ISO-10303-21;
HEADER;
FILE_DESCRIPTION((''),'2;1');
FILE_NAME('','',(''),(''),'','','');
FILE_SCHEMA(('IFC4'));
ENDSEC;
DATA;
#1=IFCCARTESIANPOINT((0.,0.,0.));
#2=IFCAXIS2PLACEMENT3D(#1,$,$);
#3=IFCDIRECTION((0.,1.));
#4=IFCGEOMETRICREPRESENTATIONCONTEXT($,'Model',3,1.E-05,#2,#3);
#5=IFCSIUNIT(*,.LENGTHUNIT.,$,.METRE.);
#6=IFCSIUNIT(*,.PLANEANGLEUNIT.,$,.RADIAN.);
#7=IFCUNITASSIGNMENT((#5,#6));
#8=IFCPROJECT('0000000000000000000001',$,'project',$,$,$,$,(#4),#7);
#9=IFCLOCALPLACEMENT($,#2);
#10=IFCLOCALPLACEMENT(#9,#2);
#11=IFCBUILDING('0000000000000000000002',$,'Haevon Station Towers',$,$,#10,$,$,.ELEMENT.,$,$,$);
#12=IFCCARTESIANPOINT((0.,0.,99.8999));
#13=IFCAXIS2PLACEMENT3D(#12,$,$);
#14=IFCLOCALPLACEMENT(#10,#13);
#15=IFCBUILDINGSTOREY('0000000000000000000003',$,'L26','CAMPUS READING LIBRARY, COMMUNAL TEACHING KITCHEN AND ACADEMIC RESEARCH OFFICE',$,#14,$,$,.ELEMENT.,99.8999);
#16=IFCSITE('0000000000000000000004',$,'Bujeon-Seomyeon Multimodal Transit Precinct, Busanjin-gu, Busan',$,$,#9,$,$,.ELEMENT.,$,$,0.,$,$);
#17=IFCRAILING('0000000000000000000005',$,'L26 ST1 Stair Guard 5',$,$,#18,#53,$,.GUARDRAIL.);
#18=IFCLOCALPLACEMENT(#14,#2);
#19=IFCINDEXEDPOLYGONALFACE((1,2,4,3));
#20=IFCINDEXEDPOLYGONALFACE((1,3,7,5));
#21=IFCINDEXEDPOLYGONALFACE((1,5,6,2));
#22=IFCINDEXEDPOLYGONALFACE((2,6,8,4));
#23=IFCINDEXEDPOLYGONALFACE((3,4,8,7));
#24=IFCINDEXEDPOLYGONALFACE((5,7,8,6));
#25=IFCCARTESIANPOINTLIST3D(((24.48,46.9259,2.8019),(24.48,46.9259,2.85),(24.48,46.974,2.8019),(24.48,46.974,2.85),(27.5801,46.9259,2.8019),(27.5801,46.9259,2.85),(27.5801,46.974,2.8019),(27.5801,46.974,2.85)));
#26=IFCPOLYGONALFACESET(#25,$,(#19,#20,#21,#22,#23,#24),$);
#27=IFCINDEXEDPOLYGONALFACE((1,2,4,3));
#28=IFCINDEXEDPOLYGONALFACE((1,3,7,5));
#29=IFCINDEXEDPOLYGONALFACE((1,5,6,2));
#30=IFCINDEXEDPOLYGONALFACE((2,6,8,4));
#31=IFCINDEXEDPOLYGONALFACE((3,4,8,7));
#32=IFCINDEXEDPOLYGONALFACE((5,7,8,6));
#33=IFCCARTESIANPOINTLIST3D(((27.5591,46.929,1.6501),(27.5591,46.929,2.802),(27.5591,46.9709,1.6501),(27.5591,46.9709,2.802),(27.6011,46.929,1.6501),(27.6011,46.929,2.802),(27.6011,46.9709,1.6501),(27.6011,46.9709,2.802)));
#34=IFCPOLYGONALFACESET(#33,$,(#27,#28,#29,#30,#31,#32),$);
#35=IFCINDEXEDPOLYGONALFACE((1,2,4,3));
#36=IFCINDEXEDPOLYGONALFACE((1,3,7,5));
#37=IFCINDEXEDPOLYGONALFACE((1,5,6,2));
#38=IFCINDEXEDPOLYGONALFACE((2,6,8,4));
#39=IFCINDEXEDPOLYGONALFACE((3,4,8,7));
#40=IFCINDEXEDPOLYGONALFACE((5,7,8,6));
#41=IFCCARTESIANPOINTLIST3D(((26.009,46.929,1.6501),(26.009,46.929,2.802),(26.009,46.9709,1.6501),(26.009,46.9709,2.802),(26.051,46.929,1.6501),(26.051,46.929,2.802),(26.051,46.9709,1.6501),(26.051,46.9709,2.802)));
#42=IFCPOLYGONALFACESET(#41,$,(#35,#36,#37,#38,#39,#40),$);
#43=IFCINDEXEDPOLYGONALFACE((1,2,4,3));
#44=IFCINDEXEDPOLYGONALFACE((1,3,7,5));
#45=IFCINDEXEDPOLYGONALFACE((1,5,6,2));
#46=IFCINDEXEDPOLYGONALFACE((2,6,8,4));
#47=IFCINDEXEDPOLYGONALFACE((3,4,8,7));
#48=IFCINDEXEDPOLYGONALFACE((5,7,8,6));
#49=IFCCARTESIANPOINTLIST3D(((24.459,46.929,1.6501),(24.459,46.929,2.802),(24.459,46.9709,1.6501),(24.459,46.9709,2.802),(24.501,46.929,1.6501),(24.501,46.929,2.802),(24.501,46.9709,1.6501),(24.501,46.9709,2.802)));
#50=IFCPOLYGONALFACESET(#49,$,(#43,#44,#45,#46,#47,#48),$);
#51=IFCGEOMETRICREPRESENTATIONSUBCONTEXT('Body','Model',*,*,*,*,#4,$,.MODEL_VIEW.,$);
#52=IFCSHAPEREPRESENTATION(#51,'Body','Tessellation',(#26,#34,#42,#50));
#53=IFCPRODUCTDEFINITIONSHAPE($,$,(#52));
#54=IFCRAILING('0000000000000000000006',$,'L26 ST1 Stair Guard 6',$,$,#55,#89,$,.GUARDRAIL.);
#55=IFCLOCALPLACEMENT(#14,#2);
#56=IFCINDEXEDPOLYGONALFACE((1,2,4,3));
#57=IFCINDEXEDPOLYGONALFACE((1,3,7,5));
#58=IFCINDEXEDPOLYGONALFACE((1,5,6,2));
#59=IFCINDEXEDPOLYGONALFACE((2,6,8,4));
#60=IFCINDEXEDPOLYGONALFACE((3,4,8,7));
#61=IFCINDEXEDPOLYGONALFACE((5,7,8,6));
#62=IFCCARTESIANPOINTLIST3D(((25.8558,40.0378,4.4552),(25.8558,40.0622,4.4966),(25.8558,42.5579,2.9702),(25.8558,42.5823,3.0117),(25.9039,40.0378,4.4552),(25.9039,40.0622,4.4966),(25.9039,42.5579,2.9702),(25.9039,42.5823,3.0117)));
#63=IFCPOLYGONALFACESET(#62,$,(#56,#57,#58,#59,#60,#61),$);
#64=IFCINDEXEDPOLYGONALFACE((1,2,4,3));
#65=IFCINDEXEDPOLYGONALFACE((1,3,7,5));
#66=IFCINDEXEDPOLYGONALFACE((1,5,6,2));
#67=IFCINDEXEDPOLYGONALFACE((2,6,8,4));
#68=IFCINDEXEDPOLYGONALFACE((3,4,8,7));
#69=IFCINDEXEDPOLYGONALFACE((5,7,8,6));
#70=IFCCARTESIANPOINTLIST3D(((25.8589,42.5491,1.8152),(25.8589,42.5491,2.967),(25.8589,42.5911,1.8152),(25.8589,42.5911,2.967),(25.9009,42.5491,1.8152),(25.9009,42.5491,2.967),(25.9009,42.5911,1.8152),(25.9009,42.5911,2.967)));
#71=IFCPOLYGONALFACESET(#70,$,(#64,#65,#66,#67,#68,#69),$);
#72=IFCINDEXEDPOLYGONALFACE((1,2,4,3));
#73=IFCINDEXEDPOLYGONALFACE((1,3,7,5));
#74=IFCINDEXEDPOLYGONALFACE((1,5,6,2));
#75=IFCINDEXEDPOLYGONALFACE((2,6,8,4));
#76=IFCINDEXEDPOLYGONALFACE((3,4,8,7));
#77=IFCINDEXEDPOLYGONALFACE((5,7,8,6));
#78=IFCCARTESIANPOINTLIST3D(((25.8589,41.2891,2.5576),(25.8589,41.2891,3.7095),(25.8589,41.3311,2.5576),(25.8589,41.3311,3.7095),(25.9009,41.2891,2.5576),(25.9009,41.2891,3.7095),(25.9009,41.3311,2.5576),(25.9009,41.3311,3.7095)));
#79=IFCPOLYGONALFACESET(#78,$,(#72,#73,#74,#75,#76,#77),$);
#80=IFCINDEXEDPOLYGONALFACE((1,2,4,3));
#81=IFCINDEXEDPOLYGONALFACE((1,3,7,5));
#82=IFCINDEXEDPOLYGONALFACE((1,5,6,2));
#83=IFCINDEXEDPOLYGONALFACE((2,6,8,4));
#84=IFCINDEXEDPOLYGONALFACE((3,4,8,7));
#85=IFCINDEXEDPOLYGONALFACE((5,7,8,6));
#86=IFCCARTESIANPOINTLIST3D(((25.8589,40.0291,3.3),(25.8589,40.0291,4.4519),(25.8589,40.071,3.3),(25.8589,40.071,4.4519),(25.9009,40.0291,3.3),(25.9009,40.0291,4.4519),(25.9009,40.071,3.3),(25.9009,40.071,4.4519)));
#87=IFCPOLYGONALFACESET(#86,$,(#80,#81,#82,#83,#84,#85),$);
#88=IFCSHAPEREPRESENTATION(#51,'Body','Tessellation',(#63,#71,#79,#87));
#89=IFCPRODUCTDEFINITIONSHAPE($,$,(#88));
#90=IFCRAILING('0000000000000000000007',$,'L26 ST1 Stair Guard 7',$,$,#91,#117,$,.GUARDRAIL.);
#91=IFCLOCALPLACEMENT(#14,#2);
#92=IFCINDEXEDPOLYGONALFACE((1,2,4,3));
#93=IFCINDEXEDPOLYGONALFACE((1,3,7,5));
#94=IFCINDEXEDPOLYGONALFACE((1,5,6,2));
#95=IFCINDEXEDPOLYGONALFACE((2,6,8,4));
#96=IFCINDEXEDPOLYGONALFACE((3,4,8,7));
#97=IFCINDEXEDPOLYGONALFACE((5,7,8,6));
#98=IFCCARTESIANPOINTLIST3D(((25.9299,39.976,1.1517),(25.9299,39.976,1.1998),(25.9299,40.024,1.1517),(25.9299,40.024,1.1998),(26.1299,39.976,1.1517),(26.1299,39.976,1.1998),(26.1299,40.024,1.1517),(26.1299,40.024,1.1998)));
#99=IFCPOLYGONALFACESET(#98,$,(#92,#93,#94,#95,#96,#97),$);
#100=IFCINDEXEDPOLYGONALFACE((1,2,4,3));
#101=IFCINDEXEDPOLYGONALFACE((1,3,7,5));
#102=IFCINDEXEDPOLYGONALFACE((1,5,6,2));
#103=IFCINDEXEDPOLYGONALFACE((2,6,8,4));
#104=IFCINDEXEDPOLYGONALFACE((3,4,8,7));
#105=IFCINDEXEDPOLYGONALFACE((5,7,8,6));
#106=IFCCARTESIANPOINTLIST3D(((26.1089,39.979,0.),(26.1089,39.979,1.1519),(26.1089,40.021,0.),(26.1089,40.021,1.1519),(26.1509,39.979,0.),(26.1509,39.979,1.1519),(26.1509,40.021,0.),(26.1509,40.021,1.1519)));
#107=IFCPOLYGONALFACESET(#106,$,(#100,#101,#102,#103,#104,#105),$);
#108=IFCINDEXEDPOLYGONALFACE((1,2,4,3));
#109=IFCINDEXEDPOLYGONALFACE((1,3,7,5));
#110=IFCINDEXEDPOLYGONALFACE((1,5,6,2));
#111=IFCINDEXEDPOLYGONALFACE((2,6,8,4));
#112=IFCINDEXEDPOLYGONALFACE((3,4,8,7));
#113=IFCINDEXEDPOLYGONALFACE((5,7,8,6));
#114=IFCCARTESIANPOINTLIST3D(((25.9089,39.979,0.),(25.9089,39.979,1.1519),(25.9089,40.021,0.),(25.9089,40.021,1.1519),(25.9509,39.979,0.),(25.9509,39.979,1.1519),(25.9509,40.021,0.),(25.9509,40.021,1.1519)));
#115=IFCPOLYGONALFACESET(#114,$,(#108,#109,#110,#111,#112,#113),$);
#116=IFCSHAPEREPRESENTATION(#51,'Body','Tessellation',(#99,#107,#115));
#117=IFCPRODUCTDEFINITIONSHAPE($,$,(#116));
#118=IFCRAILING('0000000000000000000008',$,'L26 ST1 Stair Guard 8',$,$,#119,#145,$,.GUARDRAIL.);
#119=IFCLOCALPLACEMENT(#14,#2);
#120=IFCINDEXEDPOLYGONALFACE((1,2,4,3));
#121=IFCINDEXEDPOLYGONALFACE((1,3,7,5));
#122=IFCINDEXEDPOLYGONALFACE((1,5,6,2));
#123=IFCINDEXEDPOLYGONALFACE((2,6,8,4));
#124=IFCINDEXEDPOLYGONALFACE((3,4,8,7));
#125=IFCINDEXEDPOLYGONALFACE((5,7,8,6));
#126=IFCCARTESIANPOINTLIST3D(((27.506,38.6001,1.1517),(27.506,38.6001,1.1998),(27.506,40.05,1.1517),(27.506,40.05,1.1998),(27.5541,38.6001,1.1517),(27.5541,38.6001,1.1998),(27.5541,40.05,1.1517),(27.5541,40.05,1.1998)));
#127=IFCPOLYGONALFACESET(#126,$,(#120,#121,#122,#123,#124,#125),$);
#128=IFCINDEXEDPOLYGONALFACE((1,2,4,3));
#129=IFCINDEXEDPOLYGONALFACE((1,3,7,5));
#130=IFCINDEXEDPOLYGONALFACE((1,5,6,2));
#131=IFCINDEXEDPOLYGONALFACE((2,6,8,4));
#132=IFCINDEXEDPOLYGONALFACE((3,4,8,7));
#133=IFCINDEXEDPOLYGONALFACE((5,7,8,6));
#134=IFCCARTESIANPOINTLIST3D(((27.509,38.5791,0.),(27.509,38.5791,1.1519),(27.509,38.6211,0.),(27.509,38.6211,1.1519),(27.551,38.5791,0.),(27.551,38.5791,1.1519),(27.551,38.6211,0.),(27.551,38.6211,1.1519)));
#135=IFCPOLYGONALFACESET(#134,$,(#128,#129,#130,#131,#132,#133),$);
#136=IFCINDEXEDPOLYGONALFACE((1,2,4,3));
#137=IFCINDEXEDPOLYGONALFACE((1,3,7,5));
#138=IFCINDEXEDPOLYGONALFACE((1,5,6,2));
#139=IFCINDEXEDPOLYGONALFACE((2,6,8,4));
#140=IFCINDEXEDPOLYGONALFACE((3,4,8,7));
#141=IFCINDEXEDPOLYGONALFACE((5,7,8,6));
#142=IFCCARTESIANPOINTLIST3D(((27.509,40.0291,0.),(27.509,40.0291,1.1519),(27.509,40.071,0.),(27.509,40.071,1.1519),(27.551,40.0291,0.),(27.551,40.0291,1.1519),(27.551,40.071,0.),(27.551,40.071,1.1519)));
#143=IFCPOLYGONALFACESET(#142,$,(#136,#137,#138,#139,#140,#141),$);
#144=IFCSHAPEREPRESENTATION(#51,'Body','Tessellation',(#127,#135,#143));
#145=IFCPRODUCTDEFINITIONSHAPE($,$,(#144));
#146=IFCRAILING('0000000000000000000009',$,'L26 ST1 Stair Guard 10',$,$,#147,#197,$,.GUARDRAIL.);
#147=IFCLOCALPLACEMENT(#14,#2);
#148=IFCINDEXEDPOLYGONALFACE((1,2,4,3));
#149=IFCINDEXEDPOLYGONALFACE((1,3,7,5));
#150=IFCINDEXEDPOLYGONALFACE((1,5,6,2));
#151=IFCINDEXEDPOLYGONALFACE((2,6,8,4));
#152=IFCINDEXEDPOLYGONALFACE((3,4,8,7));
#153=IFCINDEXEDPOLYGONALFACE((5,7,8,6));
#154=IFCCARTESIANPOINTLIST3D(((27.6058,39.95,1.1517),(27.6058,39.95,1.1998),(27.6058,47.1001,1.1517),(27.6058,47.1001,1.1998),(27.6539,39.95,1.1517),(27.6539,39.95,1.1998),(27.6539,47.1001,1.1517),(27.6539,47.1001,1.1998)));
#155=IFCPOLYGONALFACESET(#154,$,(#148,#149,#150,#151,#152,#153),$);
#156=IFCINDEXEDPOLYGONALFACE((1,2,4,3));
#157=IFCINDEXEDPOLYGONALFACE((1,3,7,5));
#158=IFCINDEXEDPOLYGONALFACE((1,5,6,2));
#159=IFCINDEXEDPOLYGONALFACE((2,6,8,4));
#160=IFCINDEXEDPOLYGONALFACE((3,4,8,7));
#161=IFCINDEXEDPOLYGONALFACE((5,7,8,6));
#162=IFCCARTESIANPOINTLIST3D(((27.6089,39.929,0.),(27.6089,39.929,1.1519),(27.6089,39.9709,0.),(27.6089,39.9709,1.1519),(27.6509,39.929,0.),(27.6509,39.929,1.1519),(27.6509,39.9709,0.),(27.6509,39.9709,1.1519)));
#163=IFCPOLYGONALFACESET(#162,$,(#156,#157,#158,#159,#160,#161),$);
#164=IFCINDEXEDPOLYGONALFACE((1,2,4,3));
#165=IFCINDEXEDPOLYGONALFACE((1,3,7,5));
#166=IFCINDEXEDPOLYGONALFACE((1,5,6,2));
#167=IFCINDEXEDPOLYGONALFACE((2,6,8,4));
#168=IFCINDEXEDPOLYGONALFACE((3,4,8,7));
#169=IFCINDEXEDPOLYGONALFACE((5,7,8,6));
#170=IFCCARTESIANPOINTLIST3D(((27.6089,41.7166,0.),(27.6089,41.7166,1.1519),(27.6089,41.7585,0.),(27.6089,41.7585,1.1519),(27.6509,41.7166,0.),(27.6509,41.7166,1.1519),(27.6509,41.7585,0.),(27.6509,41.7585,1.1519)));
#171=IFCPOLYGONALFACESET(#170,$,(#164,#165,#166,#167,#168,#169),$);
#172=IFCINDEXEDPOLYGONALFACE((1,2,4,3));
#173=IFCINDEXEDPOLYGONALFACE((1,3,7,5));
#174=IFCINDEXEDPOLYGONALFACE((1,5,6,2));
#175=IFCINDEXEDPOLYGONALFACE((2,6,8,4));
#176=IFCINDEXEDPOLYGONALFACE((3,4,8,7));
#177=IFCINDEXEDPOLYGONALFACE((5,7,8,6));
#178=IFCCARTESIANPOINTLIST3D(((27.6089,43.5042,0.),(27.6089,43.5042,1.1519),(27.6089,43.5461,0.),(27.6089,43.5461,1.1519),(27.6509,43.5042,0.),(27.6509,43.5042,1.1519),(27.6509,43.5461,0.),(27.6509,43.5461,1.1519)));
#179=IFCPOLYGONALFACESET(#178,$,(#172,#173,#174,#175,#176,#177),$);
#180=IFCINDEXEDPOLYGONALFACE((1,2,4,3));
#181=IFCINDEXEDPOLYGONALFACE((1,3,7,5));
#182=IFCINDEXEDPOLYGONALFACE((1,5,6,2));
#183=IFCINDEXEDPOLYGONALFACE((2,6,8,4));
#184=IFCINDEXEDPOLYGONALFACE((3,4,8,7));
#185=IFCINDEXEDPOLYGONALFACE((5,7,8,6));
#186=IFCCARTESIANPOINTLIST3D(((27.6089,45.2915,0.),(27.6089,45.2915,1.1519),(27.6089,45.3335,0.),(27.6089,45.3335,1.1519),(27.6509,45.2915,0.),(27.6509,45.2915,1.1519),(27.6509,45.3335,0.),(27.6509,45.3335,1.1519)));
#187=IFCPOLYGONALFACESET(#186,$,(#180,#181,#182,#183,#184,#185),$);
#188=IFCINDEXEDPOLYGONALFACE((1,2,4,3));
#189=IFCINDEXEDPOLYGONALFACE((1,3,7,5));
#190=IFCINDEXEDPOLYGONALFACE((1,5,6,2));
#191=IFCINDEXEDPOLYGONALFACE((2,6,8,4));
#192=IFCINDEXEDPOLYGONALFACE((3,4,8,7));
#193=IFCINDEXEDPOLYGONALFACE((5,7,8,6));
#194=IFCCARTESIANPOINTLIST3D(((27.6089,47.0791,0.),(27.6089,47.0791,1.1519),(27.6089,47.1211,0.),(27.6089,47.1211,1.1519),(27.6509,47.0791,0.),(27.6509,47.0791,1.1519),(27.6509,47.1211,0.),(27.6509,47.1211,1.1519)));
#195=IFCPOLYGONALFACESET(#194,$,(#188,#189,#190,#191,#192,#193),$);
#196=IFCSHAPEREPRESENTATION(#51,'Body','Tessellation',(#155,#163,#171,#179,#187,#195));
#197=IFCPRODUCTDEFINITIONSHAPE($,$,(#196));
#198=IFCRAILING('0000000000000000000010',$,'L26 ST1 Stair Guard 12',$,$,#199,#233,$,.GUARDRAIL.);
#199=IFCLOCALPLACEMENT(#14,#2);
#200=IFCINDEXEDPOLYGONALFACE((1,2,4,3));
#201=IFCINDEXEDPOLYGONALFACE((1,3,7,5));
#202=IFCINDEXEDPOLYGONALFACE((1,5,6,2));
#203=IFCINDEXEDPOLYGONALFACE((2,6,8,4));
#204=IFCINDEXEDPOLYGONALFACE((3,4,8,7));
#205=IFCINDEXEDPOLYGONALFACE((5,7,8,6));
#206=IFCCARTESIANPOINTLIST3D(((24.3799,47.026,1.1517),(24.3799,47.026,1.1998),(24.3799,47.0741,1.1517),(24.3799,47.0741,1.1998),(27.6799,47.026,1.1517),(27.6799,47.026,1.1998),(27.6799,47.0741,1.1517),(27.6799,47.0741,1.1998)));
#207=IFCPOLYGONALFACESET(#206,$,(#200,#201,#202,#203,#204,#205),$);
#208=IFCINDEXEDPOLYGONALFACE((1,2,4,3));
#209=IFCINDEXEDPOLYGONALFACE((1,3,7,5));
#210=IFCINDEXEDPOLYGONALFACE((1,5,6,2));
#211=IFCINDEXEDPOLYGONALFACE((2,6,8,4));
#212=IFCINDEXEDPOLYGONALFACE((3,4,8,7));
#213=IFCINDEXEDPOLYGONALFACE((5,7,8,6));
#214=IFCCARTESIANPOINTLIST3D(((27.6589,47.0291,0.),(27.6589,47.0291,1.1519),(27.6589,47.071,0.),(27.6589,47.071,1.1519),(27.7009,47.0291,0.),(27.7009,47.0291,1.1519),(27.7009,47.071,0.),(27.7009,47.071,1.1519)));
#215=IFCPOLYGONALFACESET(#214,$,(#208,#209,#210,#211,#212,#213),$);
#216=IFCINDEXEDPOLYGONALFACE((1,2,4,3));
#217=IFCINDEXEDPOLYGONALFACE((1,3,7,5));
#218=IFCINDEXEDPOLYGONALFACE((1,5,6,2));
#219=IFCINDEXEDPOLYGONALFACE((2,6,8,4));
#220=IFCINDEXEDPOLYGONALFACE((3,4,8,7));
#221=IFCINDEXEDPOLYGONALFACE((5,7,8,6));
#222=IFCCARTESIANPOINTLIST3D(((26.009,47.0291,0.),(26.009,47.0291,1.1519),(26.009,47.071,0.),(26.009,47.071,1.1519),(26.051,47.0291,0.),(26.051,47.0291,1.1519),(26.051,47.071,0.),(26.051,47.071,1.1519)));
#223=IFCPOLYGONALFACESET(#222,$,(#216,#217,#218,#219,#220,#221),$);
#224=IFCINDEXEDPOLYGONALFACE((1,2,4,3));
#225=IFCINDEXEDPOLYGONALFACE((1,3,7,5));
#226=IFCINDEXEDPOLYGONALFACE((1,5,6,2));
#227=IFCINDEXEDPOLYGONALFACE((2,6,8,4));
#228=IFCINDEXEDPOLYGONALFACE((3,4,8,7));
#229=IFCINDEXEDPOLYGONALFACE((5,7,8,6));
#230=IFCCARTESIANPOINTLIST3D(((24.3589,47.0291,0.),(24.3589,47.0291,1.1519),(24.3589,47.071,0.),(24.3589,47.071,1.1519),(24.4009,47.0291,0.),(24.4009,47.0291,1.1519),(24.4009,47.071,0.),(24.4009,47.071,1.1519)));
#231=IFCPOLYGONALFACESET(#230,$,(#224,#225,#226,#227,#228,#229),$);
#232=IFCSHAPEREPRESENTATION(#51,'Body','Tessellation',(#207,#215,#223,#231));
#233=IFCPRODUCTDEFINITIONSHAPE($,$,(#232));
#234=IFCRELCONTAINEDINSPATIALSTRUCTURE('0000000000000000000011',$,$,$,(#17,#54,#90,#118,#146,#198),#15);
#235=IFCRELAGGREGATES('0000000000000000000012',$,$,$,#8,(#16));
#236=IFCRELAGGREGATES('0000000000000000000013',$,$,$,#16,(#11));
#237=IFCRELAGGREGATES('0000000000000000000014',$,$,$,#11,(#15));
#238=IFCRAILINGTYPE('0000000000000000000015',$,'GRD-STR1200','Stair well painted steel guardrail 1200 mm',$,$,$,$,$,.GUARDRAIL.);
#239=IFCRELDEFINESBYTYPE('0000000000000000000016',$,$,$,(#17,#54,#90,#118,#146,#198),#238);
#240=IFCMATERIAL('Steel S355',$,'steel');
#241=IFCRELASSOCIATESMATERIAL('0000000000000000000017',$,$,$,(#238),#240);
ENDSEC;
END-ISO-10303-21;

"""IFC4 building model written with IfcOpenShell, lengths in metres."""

from ifc_helpers import new_model, si_unit, direction, frame, origin, origin_2d, place, context, subcontext, project, spatial, rectangle, extrude, material, type_object, element, save


model = new_model("IFC4")

# Units and contexts
model_context = context("Model", 3, precision=1e-05, world=origin(), true_north=direction((0.0, 1.0)))
body_context = subcontext(model_context, "Body", "Model", "MODEL_VIEW")
ifc_project = project(units=[si_unit("LENGTHUNIT", "METRE"), si_unit("PLANEANGLEUNIT", "RADIAN")], contexts=[model_context])

# Site, building, storey
site_placement = place(None, origin())
site = spatial("IfcSite", under=ifc_project, at=site_placement, Name="Bujeon-Seomyeon Multimodal Transit Precinct, Busanjin-gu, Busan", CompositionType="ELEMENT", RefElevation=0.0)
building_placement = place(site_placement, origin())
building = spatial("IfcBuilding", under=site, at=building_placement, Name="Haevon Station Towers", CompositionType="ELEMENT")
storey_placement = place(building_placement, frame((0.0, 0.0, 99.8999)))
storey = spatial("IfcBuildingStorey", under=building, at=storey_placement, Name="L26", Description="CAMPUS READING LIBRARY, COMMUNAL TEACHING KITCHEN AND ACADEMIC RESEARCH OFFICE", CompositionType="ELEMENT", Elevation=99.8999)

# Shared definitions
ifc_material_1 = material(Name="Steel S355", Category="steel")

# Railings
railing_type_1 = type_object("IfcRailingType", Name="GRD-STR1200", Description="Stair well painted steel guardrail 1200 mm", PredefinedType="GUARDRAIL", material=ifc_material_1)
railing_1_placement = place(storey_placement, frame((27.5801, 46.95, 1.6501)))
element("IfcRailing", 1, at=railing_1_placement, inside=storey, type_object=railing_type_1, Name="L26 ST1 Stair Guard 5", PredefinedType="GUARDRAIL", context=body_context, shape_type="SweptSolid", body=[
    extrude(rectangle(XDim=0.0481, YDim=0.0481, at=origin_2d()), frame((0.0, 0.0, 1.1758), z_axis=(-1.0, 0.0, 0.0), x_axis=(0.0, -1.0, 0.0)), (0.0, 0.0, 1.0), 3.1001),
    extrude(rectangle(XDim=0.042, YDim=0.042, at=origin_2d()), origin(), (0.0, 0.0, 1.0), 1.1519),
    extrude(rectangle(XDim=0.042, YDim=0.042, at=origin_2d()), frame((-1.55, 0.0, 0.0)), (0.0, 0.0, 1.0), 1.1519),
    extrude(rectangle(XDim=0.042, YDim=0.042, at=origin_2d()), frame((-3.1001, 0.0, 0.0)), (0.0, 0.0, 1.0), 1.1519),
])
railing_2_placement = place(storey_placement, frame((25.8799, 42.5701, 1.8152)))
element("IfcRailing", 2, at=railing_2_placement, inside=storey, type_object=railing_type_1, Name="L26 ST1 Stair Guard 6", PredefinedType="GUARDRAIL", context=body_context, shape_type="SweptSolid", body=[
    extrude(rectangle(XDim=0.0481, YDim=0.0481, at=origin_2d()), frame((0.0, 0.0, 1.1758), z_axis=(0.0, -0.861561, 0.507655), x_axis=(1.0, 0.0, 0.0)), (0.0, 0.0, 1.0), 2.925),
    extrude(rectangle(XDim=0.042, YDim=0.042, at=origin_2d()), origin(), (0.0, 0.0, 1.0), 1.1519),
    extrude(rectangle(XDim=0.042, YDim=0.042, at=origin_2d()), frame((0.0, -1.26, 0.7424)), (0.0, 0.0, 1.0), 1.1519),
    extrude(rectangle(XDim=0.042, YDim=0.042, at=origin_2d()), frame((0.0, -2.52, 1.4849)), (0.0, 0.0, 1.0), 1.1519),
])
railing_3_placement = place(storey_placement, frame((26.1299, 40.0, 0.0)))
element("IfcRailing", 3, at=railing_3_placement, inside=storey, type_object=railing_type_1, Name="L26 ST1 Stair Guard 7", PredefinedType="GUARDRAIL", context=body_context, shape_type="SweptSolid", body=[
    extrude(rectangle(XDim=0.0481, YDim=0.0481, at=origin_2d()), frame((0.0, 0.0, 1.1758), z_axis=(-1.0, 0.0, 0.0), x_axis=(0.0, -1.0, 0.0)), (0.0, 0.0, 1.0), 0.2),
    extrude(rectangle(XDim=0.042, YDim=0.042, at=origin_2d()), origin(), (0.0, 0.0, 1.0), 1.1519),
    extrude(rectangle(XDim=0.042, YDim=0.042, at=origin_2d()), frame((-0.2, 0.0, 0.0)), (0.0, 0.0, 1.0), 1.1519),
])
railing_4_placement = place(storey_placement, frame((27.53, 38.6001, 0.0)))
element("IfcRailing", 4, at=railing_4_placement, inside=storey, type_object=railing_type_1, Name="L26 ST1 Stair Guard 8", PredefinedType="GUARDRAIL", context=body_context, shape_type="SweptSolid", body=[
    extrude(rectangle(XDim=0.0481, YDim=0.0481, at=origin_2d()), frame((0.0, 0.0, 1.1758), z_axis=(0.0, 1.0, 0.0), x_axis=(-1.0, 0.0, 0.0)), (0.0, 0.0, 1.0), 1.45),
    extrude(rectangle(XDim=0.042, YDim=0.042, at=origin_2d()), origin(), (0.0, 0.0, 1.0), 1.1519),
    extrude(rectangle(XDim=0.042, YDim=0.042, at=origin_2d()), frame((0.0, 1.45, 0.0)), (0.0, 0.0, 1.0), 1.1519),
])
railing_5_placement = place(storey_placement, frame((27.6299, 39.95, 0.0)))
element("IfcRailing", 5, at=railing_5_placement, inside=storey, type_object=railing_type_1, Name="L26 ST1 Stair Guard 10", PredefinedType="GUARDRAIL", context=body_context, shape_type="SweptSolid", body=[
    extrude(rectangle(XDim=0.0481, YDim=0.0481, at=origin_2d()), frame((0.0, 0.0, 1.1758), z_axis=(0.0, 1.0, 0.0), x_axis=(-1.0, 0.0, 0.0)), (0.0, 0.0, 1.0), 7.1501),
    extrude(rectangle(XDim=0.042, YDim=0.042, at=origin_2d()), origin(), (0.0, 0.0, 1.0), 1.1519),
    extrude(rectangle(XDim=0.042, YDim=0.042, at=origin_2d()), frame((0.0, 1.7876, 0.0)), (0.0, 0.0, 1.0), 1.1519),
    extrude(rectangle(XDim=0.042, YDim=0.042, at=origin_2d()), frame((0.0, 3.5752, 0.0)), (0.0, 0.0, 1.0), 1.1519),
    extrude(rectangle(XDim=0.042, YDim=0.042, at=origin_2d()), frame((0.0, 5.3625, 0.0)), (0.0, 0.0, 1.0), 1.1519),
    extrude(rectangle(XDim=0.042, YDim=0.042, at=origin_2d()), frame((0.0, 7.1501, 0.0)), (0.0, 0.0, 1.0), 1.1519),
])
railing_6_placement = place(storey_placement, frame((27.6799, 47.05, 0.0)))
element("IfcRailing", 6, at=railing_6_placement, inside=storey, type_object=railing_type_1, Name="L26 ST1 Stair Guard 12", PredefinedType="GUARDRAIL", context=body_context, shape_type="SweptSolid", body=[
    extrude(rectangle(XDim=0.0481, YDim=0.0481, at=origin_2d()), frame((0.0, 0.0, 1.1758), z_axis=(-1.0, 0.0, 0.0), x_axis=(0.0, -1.0, 0.0)), (0.0, 0.0, 1.0), 3.3),
    extrude(rectangle(XDim=0.042, YDim=0.042, at=origin_2d()), origin(), (0.0, 0.0, 1.0), 1.1519),
    extrude(rectangle(XDim=0.042, YDim=0.042, at=origin_2d()), frame((-1.6499, 0.0, 0.0)), (0.0, 0.0, 1.0), 1.1519),
    extrude(rectangle(XDim=0.042, YDim=0.042, at=origin_2d()), frame((-3.3, 0.0, 0.0)), (0.0, 0.0, 1.0), 1.1519),
])

save(model, "model.ifc")
